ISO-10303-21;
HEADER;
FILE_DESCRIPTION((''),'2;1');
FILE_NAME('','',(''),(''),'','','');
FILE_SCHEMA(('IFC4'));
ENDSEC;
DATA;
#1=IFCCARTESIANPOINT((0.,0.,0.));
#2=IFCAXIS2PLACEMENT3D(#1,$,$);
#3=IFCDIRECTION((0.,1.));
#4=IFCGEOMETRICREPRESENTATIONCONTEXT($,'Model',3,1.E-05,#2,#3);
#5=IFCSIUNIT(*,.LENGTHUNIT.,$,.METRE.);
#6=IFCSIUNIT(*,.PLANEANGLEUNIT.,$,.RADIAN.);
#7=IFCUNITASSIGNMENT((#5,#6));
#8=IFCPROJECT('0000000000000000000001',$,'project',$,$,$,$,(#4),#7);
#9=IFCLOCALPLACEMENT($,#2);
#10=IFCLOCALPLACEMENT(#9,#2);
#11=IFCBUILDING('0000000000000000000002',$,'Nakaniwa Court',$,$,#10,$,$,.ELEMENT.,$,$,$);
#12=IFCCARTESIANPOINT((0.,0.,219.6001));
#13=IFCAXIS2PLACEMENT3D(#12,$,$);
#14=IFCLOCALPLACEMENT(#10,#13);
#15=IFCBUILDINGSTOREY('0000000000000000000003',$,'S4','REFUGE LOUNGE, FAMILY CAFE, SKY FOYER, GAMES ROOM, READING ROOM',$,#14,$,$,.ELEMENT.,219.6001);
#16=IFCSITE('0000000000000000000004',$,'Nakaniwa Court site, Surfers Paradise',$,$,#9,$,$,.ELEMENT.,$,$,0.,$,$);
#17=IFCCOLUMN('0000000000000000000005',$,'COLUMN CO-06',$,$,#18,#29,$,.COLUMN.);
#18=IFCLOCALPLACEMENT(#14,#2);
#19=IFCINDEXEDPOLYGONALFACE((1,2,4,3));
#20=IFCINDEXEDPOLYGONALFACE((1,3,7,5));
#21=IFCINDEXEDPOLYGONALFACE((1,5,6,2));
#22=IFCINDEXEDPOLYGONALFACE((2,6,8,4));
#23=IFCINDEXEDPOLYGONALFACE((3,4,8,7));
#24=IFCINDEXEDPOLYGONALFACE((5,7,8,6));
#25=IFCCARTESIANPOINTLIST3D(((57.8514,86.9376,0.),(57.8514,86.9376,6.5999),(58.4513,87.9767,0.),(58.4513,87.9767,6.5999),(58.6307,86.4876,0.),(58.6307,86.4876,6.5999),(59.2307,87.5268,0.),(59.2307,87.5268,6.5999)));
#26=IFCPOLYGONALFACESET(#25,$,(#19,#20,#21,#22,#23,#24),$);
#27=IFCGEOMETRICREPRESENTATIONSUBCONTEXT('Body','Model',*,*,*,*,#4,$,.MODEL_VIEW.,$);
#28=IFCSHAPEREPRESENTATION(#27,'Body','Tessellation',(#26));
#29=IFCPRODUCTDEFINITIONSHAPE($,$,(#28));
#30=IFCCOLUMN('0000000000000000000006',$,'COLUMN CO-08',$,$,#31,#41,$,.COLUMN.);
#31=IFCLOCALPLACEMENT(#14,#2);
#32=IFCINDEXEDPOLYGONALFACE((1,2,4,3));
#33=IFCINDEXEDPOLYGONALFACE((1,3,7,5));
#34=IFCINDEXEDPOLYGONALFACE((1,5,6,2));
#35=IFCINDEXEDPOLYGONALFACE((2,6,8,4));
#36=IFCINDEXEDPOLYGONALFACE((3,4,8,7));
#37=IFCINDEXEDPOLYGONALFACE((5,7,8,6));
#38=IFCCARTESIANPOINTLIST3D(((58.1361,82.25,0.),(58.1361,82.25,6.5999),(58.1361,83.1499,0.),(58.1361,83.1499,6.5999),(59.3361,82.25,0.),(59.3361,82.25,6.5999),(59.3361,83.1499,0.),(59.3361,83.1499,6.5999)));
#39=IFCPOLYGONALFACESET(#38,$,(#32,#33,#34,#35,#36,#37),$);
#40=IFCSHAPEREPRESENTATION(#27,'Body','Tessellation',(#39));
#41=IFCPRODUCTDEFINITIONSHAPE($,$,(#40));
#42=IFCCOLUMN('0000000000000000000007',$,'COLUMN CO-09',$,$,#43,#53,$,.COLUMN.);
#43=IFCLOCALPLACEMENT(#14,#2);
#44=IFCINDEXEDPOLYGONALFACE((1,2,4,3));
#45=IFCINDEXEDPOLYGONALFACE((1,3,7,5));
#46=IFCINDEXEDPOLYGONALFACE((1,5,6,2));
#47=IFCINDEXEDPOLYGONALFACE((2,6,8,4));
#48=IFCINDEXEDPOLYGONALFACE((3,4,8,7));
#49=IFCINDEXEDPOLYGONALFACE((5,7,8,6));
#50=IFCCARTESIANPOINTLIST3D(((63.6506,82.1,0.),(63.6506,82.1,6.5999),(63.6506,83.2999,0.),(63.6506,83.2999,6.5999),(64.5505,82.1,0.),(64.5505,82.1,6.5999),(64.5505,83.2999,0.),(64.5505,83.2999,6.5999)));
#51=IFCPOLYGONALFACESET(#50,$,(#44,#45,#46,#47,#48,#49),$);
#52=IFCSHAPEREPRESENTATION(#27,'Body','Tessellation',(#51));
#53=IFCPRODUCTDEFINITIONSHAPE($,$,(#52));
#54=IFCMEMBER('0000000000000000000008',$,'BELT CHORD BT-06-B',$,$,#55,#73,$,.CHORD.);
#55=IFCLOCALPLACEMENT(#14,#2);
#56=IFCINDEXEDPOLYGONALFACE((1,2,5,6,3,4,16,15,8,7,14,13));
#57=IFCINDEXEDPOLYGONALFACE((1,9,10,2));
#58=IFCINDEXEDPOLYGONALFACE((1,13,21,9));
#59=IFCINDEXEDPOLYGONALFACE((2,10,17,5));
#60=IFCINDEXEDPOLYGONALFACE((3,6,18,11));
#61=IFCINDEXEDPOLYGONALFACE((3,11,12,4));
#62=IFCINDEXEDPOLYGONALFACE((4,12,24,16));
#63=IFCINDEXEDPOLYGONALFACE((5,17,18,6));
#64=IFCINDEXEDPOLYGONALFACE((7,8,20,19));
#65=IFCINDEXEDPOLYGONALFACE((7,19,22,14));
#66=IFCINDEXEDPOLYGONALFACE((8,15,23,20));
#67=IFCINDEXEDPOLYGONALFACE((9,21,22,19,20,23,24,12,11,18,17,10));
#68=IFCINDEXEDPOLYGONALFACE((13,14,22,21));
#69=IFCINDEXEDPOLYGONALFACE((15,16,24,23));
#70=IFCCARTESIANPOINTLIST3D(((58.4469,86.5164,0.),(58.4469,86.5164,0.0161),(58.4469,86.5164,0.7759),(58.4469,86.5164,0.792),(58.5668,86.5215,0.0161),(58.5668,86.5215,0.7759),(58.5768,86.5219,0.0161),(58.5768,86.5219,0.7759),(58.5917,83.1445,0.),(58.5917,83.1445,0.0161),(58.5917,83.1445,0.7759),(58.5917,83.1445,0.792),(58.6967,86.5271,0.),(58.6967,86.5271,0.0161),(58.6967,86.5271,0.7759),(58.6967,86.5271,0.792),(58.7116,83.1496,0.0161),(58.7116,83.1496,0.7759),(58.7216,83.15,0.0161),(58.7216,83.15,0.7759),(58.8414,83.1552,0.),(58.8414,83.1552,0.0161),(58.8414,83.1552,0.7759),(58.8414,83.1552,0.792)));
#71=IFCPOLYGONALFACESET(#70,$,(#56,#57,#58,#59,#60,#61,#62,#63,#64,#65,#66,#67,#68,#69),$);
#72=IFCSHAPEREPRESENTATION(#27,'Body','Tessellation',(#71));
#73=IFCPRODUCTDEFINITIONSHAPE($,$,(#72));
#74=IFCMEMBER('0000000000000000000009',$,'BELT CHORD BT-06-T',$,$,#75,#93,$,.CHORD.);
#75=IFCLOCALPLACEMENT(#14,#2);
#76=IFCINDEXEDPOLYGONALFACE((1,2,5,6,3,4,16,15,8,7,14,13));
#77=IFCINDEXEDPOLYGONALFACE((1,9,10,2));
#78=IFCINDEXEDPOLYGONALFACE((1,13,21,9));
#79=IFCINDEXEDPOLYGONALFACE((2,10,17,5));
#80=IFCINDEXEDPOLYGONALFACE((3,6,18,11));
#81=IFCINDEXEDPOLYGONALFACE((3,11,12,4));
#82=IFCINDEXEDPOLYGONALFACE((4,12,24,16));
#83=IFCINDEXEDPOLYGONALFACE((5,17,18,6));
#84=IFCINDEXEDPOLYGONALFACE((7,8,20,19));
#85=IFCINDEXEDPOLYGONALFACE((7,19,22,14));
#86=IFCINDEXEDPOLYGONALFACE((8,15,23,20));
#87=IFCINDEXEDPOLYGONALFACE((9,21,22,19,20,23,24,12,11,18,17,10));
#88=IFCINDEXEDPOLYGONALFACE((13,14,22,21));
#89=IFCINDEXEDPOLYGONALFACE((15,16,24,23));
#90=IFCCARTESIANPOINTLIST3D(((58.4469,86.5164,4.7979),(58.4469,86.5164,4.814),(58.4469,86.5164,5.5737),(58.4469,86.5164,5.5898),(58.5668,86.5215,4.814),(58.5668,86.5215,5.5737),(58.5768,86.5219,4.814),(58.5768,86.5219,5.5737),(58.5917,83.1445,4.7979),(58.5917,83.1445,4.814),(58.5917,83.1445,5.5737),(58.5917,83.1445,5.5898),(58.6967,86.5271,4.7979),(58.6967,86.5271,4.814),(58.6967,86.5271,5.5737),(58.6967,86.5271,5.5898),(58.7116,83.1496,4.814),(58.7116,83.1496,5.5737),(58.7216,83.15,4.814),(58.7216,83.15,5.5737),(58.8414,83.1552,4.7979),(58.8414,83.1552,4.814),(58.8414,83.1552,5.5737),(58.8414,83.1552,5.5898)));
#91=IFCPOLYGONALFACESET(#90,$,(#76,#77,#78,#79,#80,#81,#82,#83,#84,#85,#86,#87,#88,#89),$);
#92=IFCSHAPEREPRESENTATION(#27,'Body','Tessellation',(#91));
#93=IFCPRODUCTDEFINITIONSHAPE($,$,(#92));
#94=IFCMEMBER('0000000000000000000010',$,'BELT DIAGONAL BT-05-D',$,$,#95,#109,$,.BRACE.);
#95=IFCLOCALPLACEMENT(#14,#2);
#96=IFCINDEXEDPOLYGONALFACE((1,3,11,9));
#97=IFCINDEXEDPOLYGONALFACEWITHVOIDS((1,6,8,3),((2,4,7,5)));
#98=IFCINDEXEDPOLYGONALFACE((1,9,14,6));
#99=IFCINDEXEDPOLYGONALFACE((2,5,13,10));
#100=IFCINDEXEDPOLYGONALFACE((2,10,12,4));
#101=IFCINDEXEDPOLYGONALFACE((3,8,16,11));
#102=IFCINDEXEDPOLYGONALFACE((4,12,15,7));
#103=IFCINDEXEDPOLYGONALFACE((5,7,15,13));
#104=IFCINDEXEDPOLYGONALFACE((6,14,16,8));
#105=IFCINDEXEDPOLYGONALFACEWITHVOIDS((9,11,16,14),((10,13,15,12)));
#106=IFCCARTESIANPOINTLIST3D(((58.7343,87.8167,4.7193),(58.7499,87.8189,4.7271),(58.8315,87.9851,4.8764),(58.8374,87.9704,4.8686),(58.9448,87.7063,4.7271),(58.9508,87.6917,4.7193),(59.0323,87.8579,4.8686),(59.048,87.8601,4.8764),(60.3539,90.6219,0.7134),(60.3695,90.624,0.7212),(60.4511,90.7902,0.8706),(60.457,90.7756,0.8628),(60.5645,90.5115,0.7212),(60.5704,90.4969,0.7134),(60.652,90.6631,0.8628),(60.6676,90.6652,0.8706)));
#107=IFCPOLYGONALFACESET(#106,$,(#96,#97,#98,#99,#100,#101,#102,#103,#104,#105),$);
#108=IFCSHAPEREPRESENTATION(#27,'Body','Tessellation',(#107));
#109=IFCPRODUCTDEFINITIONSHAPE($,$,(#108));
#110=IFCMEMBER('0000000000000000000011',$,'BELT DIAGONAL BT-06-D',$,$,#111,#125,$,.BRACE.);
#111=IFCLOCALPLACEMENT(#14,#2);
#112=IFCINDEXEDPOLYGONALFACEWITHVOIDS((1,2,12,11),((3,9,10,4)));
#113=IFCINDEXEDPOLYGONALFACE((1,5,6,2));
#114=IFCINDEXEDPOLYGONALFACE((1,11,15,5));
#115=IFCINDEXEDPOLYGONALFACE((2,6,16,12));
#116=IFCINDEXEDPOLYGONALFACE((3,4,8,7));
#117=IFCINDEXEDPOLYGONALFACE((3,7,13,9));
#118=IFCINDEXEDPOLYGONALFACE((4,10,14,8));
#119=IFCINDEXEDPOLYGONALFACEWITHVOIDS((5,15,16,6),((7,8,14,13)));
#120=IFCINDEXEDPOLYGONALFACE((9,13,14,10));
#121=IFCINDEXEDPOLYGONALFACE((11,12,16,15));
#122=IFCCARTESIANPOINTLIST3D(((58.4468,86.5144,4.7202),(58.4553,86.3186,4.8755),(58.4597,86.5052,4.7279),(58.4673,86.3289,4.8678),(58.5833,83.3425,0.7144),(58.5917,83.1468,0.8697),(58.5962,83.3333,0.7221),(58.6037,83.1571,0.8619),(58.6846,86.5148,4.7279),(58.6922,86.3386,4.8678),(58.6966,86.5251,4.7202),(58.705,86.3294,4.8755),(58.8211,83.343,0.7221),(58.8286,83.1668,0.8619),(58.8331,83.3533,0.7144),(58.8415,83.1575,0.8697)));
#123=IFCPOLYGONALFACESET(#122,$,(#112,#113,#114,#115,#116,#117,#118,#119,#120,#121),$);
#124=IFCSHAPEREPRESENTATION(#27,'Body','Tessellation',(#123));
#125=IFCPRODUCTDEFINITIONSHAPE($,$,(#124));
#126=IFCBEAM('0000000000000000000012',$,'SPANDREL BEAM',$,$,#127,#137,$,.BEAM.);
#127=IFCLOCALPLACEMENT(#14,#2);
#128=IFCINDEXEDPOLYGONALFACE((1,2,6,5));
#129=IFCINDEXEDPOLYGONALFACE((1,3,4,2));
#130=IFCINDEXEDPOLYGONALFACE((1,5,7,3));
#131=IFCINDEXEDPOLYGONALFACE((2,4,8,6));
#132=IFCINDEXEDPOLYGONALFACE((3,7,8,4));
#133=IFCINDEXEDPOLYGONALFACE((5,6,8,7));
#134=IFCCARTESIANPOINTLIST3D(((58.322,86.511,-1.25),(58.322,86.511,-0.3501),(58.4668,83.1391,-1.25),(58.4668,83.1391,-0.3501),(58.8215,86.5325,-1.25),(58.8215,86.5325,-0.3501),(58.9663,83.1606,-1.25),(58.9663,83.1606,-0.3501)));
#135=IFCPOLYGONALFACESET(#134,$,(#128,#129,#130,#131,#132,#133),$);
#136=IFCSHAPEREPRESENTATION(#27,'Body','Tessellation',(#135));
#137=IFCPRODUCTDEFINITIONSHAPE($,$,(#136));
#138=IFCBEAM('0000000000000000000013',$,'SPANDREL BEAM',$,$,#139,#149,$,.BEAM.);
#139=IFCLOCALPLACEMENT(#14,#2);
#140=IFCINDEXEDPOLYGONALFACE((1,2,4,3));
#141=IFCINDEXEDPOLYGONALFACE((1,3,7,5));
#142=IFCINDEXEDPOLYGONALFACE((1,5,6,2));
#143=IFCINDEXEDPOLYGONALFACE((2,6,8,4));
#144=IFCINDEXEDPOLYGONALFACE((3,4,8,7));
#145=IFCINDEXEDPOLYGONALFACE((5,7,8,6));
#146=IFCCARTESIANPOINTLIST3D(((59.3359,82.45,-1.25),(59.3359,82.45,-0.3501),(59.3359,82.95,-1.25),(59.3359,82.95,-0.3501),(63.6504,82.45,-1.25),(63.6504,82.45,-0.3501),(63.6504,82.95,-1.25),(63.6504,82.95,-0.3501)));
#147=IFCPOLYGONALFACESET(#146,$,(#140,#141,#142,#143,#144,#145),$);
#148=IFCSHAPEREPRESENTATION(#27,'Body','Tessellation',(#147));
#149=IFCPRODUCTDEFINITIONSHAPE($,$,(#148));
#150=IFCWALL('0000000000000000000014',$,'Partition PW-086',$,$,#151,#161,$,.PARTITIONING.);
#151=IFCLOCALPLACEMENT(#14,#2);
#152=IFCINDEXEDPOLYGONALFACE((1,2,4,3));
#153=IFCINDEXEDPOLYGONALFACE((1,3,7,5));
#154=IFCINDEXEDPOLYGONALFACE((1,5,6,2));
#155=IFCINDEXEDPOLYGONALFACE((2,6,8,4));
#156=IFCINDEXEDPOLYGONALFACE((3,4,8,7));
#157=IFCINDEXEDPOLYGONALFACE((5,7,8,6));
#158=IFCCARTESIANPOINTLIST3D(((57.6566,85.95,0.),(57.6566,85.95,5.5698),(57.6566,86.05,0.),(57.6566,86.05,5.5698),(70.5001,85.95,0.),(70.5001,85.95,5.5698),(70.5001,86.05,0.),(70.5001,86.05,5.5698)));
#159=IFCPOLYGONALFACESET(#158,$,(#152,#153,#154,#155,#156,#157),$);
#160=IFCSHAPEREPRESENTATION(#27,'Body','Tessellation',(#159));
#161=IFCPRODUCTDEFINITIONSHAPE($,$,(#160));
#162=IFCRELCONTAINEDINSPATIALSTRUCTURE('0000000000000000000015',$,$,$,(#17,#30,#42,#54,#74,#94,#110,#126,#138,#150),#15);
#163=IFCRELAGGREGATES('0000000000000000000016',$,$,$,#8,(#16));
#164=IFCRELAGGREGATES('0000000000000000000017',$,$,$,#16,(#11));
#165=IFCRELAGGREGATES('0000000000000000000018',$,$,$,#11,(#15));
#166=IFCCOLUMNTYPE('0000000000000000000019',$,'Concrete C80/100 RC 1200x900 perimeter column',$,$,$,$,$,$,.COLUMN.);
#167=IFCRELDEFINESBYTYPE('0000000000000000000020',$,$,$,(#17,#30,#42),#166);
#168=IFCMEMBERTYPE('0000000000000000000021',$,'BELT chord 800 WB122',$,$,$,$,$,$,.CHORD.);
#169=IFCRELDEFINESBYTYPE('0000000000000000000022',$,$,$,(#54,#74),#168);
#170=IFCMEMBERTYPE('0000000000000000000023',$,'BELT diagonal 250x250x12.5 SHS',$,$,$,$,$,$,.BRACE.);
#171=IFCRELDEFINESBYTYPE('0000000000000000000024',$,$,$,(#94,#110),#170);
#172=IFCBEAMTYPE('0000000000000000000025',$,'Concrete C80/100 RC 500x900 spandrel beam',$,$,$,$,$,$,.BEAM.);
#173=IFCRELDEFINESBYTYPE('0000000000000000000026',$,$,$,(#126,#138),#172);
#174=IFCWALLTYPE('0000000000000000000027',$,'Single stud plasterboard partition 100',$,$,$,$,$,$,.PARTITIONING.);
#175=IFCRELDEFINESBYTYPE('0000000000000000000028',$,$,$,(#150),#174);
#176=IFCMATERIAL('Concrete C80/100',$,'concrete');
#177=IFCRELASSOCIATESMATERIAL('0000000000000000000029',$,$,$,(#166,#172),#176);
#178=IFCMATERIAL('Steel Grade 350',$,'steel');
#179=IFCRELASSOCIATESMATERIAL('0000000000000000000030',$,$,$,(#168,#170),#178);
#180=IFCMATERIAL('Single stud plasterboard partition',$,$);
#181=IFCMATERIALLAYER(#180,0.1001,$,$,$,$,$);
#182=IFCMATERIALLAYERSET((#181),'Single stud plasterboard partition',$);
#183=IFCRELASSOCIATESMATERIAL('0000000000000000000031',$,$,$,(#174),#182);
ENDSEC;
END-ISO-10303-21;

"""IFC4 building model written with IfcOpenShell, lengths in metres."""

from ifc_helpers import new_model, si_unit, direction, frame, frame_2d, origin, origin_2d, place, context, subcontext, project, spatial, rectangle, hollow_rectangle, i_section, extrude, material, layer, layer_set, material_profile, profile_set, type_object, element, save


model = new_model("IFC4")

# Units and contexts
model_context = context("Model", 3, precision=1e-05, world=origin(), true_north=direction((0.0, 1.0)))
body_context = subcontext(model_context, "Body", "Model", "MODEL_VIEW")
ifc_project = project(units=[si_unit("LENGTHUNIT", "METRE"), si_unit("PLANEANGLEUNIT", "RADIAN")], contexts=[model_context])

# Site, building, storey
site_placement = place(None, origin())
site = spatial("IfcSite", under=ifc_project, at=site_placement, Name="Nakaniwa Court site, Surfers Paradise", CompositionType="ELEMENT", RefElevation=0.0)
building_placement = place(site_placement, origin())
building = spatial("IfcBuilding", under=site, at=building_placement, Name="Nakaniwa Court", CompositionType="ELEMENT")
storey_placement = place(building_placement, frame((0.0, 0.0, 219.6001)))
storey = spatial("IfcBuildingStorey", under=building, at=storey_placement, Name="S4", Description="REFUGE LOUNGE, FAMILY CAFE, SKY FOYER, GAMES ROOM, READING ROOM", CompositionType="ELEMENT", Elevation=219.6001)

# Columns
ifc_material_1 = material(Name="Concrete C80/100", Category="concrete")
ifc_material_profile_1 = material_profile(ifc_material_1, rectangle(XDim=1.2, YDim=0.8999, at=origin_2d()), Name="Concrete C80/100 RC 1200x900 perimeter column")
ifc_profile_set_1 = profile_set([ifc_material_profile_1], Name="Concrete C80/100")
column_type = type_object("IfcColumnType", Name="Concrete C80/100 RC 1200x900 perimeter column", PredefinedType="COLUMN", material=ifc_profile_set_1)
for number, where, z_axis, x_axis, name in (
    (1, (58.541, 87.2322, 0.0), (0.0, 0.0, 1.0), (-0.5, -0.866025, 0.0), "COLUMN CO-06"),
    (2, (58.7361, 82.7, 0.0), (0.0, 0.0, 1.0), (1.0, 0.0, 0.0), "COLUMN CO-08"),
    (3, (64.1006, 82.7, 0.0), (0.0, 0.0, 1.0), (0.0, -1.0, 0.0), "COLUMN CO-09"),
):
    element("IfcColumn", number, at=place(storey_placement, frame(where, z_axis=z_axis, x_axis=x_axis)), inside=storey, type_object=column_type, Name=name, PredefinedType="COLUMN", context=body_context, shape_type="SweptSolid", body=[
        extrude(rectangle(XDim=1.2, YDim=0.8999, at=origin_2d()), origin(), (0.0, 0.0, 1.0), 6.5999),
    ])

# Members
ifc_material_2 = material(Name="Steel Grade 350", Category="steel")
ifc_material_profile_2 = material_profile(ifc_material_2, i_section(OverallWidth=0.25, OverallDepth=0.792, WebThickness=0.01, FlangeThickness=0.0161, at=origin_2d()), Name="800WB122")
ifc_profile_set_2 = profile_set([ifc_material_profile_2], Name="Steel Grade 350")
member_type_1 = type_object("IfcMemberType", Name="BELT chord 800 WB122", PredefinedType="CHORD", material=ifc_profile_set_2)
for number, where, z_axis, x_axis, name in (
    (4, (58.5718, 86.5217, 0.396), (0.042897, -0.999079, 0.0), (0.999079, 0.042897, 0.0), "BELT CHORD BT-06-B"),
    (5, (58.5718, 86.5217, 5.1938), (0.042897, -0.999079, 0.0), (0.999079, 0.042897, 0.0), "BELT CHORD BT-06-T"),
):
    element("IfcMember", number, at=place(storey_placement, frame(where, z_axis=z_axis, x_axis=x_axis)), inside=storey, type_object=member_type_1, Name=name, PredefinedType="CHORD", context=body_context, shape_type="SweptSolid", body=[
        extrude(i_section(OverallWidth=0.25, OverallDepth=0.792, WebThickness=0.01, FlangeThickness=0.0161, at=origin_2d()), origin(), (0.0, 0.0, 1.0), 3.375),
    ])
ifc_material_profile_3 = material_profile(ifc_material_2, hollow_rectangle(XDim=0.25, YDim=0.25, WallThickness=0.0125, at=origin_2d()), Name="BELT diagonal 250x250x12.5 SHS")
ifc_profile_set_3 = profile_set([ifc_material_profile_3], Name="Steel Grade 350")
member_type_2 = type_object("IfcMemberType", Name="BELT diagonal 250x250x12.5 SHS", PredefinedType="BRACE", material=ifc_profile_set_3)
member_1_placement = place(storey_placement, frame((60.5107, 90.6436, 0.792), z_axis=(-0.314393, -0.544524, 0.777593), x_axis=(0.866017, -0.500014, 0.0)))
element("IfcMember", 6, at=member_1_placement, inside=storey, type_object=member_type_2, Name="BELT DIAGONAL BT-05-D", PredefinedType="BRACE", context=body_context, shape_type="SweptSolid", body=[
    extrude(hollow_rectangle(XDim=0.25, YDim=0.25, WallThickness=0.0125, at=origin_2d()), origin(), (0.0, 0.0, 1.0), 5.1516),
])
member_2_placement = place(storey_placement, frame((58.5759, 86.4219, 4.7979), z_axis=(0.0267, -0.62055, -0.783712), x_axis=(0.999076, 0.042987, 0.0)))
element("IfcMember", 7, at=member_2_placement, inside=storey, type_object=member_type_2, Name="BELT DIAGONAL BT-06-D", PredefinedType="BRACE", context=body_context, shape_type="SweptSolid", body=[
    extrude(hollow_rectangle(XDim=0.25, YDim=0.25, WallThickness=0.0125, at=origin_2d()), origin(), (0.0, 0.0, 1.0), 5.1113),
])

# Beams
ifc_material_profile_4 = material_profile(ifc_material_1, rectangle(XDim=0.5, YDim=0.8999, at=origin_2d()), Name="Concrete C80/100 RC 500x900 spandrel beam")
ifc_profile_set_4 = profile_set([ifc_material_profile_4], Name="Concrete C80/100")
beam_type = type_object("IfcBeamType", Name="Concrete C80/100 RC 500x900 spandrel beam", PredefinedType="BEAM", material=ifc_profile_set_4)
beam_1_placement = place(storey_placement, frame((58.5718, 86.5217, -0.8), z_axis=(0.042897, -0.999079, 0.0), x_axis=(0.999079, 0.042897, 0.0)))
element("IfcBeam", 8, at=beam_1_placement, inside=storey, type_object=beam_type, Name="SPANDREL BEAM", PredefinedType="BEAM", context=body_context, shape_type="SweptSolid", body=[
    extrude(rectangle(XDim=0.5, YDim=0.8999, at=origin_2d()), origin(), (0.0, 0.0, 1.0), 3.375),
])
beam_2_placement = place(storey_placement, frame((59.3359, 82.7, -0.8), z_axis=(1.0, 0.0, 0.0), x_axis=(0.0, 1.0, 0.0)))
element("IfcBeam", 9, at=beam_2_placement, inside=storey, type_object=beam_type, Name="SPANDREL BEAM", PredefinedType="BEAM", context=body_context, shape_type="SweptSolid", body=[
    extrude(rectangle(XDim=0.5, YDim=0.8999, at=origin_2d()), origin(), (0.0, 0.0, 1.0), 4.3145),
])

# Wall
ifc_material_3 = material(Name="Single stud plasterboard partition")
ifc_layer = layer(ifc_material_3, 0.1001)
ifc_layer_set = layer_set([ifc_layer], Name="Single stud plasterboard partition")
wall_type = type_object("IfcWallType", Name="Single stud plasterboard partition 100", PredefinedType="PARTITIONING", material=ifc_layer_set)
wall_placement = place(storey_placement, frame((57.6565, 86.0, 0.0), z_axis=(0.0, 0.0, 1.0), x_axis=(1.0, 0.0, 0.0)))
element("IfcWall", 10, at=wall_placement, inside=storey, type_object=wall_type, Name="Partition PW-086", PredefinedType="PARTITIONING", context=body_context, shape_type="SweptSolid", body=[
    extrude(rectangle(XDim=12.8435, YDim=0.1001, at=frame_2d((6.4219, 0.0))), origin(), (0.0, 0.0, 1.0), 5.5698),
])

save(model, "model.ifc")
